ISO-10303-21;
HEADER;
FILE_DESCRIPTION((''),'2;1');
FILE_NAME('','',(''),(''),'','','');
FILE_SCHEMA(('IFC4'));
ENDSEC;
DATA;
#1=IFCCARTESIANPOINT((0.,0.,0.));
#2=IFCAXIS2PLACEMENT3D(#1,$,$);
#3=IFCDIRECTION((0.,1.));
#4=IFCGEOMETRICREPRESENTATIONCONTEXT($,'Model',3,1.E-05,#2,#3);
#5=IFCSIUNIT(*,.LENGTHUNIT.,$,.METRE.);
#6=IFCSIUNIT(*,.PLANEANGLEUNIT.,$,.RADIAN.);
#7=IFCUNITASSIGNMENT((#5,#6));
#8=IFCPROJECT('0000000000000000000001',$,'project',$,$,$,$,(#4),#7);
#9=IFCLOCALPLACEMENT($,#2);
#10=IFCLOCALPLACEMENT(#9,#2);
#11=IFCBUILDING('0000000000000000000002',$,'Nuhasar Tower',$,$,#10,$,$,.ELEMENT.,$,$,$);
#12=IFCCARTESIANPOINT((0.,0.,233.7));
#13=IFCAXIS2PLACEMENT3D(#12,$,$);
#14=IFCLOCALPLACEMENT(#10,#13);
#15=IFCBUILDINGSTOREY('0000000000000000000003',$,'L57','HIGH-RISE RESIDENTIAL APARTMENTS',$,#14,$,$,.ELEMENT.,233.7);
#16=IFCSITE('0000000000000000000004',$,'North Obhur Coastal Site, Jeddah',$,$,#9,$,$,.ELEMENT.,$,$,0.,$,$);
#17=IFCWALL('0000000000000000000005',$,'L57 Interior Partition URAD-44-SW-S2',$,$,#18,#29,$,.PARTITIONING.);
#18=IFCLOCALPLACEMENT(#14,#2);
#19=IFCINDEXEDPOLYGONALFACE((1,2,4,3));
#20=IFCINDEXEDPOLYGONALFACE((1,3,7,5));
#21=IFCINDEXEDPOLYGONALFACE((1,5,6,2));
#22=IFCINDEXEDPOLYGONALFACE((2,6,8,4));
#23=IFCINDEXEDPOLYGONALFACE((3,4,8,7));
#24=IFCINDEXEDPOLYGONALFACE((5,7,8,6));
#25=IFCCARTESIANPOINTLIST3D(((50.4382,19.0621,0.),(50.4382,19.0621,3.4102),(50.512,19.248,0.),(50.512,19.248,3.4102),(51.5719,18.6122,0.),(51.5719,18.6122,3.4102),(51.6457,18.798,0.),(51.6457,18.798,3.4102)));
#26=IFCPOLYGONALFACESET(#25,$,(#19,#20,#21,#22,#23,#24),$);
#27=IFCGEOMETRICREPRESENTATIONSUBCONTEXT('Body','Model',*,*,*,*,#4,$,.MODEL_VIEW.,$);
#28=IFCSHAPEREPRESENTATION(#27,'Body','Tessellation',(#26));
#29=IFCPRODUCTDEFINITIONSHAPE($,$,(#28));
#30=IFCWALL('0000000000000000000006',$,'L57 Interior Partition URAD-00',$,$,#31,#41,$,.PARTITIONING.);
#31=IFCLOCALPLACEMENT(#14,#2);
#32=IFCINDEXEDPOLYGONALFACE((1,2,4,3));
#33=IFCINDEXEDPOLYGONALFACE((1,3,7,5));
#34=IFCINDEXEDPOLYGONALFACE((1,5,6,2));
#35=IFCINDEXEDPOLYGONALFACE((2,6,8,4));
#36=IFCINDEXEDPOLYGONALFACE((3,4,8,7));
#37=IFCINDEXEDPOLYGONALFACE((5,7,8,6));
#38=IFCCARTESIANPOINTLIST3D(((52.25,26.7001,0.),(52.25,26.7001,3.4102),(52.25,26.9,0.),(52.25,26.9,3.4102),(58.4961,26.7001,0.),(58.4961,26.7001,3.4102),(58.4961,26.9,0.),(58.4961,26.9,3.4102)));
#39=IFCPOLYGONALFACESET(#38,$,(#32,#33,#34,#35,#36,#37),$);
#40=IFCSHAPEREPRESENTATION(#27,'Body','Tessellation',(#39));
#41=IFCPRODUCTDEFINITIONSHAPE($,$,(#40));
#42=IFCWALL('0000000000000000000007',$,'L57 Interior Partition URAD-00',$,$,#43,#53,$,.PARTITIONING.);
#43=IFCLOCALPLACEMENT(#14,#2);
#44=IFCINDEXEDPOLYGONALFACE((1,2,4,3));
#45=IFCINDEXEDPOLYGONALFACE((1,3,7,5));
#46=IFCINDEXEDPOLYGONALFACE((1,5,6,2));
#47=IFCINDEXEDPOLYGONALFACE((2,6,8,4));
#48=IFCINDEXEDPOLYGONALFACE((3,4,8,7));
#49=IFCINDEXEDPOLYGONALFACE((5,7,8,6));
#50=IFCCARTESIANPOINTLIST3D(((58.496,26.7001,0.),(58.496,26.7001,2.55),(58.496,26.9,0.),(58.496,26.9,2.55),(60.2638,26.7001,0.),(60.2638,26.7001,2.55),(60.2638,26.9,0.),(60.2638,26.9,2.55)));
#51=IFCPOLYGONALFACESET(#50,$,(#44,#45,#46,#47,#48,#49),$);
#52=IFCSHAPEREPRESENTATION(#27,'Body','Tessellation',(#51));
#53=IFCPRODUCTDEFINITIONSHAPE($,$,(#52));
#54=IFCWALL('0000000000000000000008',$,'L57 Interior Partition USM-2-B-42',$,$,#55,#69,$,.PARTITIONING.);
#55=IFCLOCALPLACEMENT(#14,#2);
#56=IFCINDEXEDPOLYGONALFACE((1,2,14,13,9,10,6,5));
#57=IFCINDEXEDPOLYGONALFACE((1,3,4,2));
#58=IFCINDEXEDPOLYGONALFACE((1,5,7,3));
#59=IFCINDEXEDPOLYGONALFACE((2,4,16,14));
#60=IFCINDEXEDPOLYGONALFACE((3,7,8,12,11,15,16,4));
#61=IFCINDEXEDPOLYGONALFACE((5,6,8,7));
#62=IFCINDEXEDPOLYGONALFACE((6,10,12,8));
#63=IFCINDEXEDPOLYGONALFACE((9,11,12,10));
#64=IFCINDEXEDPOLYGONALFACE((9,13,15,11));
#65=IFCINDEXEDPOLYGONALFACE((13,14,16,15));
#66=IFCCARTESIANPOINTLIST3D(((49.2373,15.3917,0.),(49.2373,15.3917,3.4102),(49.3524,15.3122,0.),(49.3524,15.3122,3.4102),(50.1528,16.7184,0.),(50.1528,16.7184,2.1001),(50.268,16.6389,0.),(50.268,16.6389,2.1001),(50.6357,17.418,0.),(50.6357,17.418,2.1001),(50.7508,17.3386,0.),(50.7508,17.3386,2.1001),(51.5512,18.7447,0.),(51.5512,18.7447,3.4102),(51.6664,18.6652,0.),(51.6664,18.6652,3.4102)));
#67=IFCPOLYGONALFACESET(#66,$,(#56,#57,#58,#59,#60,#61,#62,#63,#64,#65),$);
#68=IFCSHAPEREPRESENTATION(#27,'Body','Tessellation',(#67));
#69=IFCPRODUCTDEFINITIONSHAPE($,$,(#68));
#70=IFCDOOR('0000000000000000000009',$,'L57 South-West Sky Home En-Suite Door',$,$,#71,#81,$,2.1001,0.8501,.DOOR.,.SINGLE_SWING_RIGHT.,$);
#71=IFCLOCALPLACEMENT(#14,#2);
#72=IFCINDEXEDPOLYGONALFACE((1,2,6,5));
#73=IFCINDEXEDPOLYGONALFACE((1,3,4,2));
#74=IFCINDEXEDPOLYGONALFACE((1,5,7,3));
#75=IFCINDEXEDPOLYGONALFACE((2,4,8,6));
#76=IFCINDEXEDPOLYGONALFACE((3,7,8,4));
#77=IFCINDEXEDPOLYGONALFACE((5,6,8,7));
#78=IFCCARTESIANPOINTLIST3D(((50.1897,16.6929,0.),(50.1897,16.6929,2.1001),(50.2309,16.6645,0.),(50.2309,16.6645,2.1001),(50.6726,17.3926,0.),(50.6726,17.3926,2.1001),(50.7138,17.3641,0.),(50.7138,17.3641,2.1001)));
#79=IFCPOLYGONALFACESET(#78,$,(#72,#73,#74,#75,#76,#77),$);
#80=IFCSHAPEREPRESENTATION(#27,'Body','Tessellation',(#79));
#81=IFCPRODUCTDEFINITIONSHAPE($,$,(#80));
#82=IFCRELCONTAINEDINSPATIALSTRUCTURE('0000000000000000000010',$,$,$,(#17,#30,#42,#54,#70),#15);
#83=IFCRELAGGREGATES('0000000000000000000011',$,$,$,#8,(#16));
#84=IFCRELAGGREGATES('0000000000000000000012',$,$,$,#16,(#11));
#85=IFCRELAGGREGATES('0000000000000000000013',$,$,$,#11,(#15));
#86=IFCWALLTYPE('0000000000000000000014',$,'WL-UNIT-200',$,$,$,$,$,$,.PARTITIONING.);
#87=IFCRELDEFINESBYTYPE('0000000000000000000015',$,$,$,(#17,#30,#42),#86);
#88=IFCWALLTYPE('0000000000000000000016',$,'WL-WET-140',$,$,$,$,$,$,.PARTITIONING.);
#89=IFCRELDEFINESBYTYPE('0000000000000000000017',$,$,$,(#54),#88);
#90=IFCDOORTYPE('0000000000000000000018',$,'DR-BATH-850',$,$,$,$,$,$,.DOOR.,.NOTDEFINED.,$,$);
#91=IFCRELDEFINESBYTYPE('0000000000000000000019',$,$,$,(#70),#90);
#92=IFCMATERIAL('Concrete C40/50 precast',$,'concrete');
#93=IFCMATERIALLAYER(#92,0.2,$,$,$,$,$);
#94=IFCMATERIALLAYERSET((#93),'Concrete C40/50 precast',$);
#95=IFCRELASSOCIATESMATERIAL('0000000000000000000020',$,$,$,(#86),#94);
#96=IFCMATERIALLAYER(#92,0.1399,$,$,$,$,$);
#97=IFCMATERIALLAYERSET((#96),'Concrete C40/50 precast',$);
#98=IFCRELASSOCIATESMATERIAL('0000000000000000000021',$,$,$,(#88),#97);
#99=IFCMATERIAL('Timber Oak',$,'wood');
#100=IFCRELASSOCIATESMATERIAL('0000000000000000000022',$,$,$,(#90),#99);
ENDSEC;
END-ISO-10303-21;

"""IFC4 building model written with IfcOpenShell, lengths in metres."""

from ifc_helpers import new_model, si_unit, direction, frame, frame_2d, origin, place, context, subcontext, project, spatial, rectangle, extrude, material, layer, layer_set, type_object, element, fill, save


model = new_model("IFC4")

# Units and contexts
model_context = context("Model", 3, precision=1e-05, world=origin(), true_north=direction((0.0, 1.0)))
body_context = subcontext(model_context, "Body", "Model", "MODEL_VIEW")
ifc_project = project(units=[si_unit("LENGTHUNIT", "METRE"), si_unit("PLANEANGLEUNIT", "RADIAN")], contexts=[model_context])

# Site, building, storey
site_placement = place(None, origin())
site = spatial("IfcSite", under=ifc_project, at=site_placement, Name="North Obhur Coastal Site, Jeddah", CompositionType="ELEMENT", RefElevation=0.0)
building_placement = place(site_placement, origin())
building = spatial("IfcBuilding", under=site, at=building_placement, Name="Nuhasar Tower", CompositionType="ELEMENT")
storey_placement = place(building_placement, frame((0.0, 0.0, 233.7)))
storey = spatial("IfcBuildingStorey", under=building, at=storey_placement, Name="L57", Description="HIGH-RISE RESIDENTIAL APARTMENTS", CompositionType="ELEMENT", Elevation=233.7)

# Shared definitions
ifc_material_1 = material(Name="Timber Oak", Category="wood")

# Walls
ifc_material_2 = material(Name="Concrete C40/50 precast", Category="concrete")
ifc_layer_1 = layer(ifc_material_2, 0.2)
ifc_layer_set_1 = layer_set([ifc_layer_1], Name="Concrete C40/50 precast")
wall_type_1 = type_object("IfcWallType", Name="WL-UNIT-200", PredefinedType="PARTITIONING", material=ifc_layer_set_1)
wall_1_placement = place(storey_placement, frame((50.4751, 19.155, 0.0), z_axis=(0.0, 0.0, 1.0), x_axis=(0.929481, -0.36887, 0.0)))
element("IfcWall", 1, at=wall_1_placement, inside=storey, type_object=wall_type_1, Name="L57 Interior Partition URAD-44-SW-S2", PredefinedType="PARTITIONING", context=body_context, shape_type="SweptSolid", body=[
    extrude(rectangle(XDim=1.2197, YDim=0.2, at=frame_2d((0.6099, 0.0))), origin(), (0.0, 0.0, 1.0), 3.4102),
])
wall_2_placement = place(storey_placement, frame((52.25, 26.8, 0.0), z_axis=(0.0, 0.0, 1.0), x_axis=(1.0, 0.0, 0.0)))
element("IfcWall", 2, at=wall_2_placement, inside=storey, type_object=wall_type_1, Name="L57 Interior Partition URAD-00", PredefinedType="PARTITIONING", context=body_context, shape_type="SweptSolid", body=[
    extrude(rectangle(XDim=6.2461, YDim=0.2, at=frame_2d((3.123, 0.0))), origin(), (0.0, 0.0, 1.0), 3.4102),
])
wall_3_placement = place(storey_placement, frame((58.4961, 26.8, 0.0), z_axis=(0.0, 0.0, 1.0), x_axis=(1.0, 0.0, 0.0)))
element("IfcWall", 3, at=wall_3_placement, inside=storey, type_object=wall_type_1, Name="L57 Interior Partition URAD-00", PredefinedType="PARTITIONING", context=body_context, shape_type="SweptSolid", body=[
    extrude(rectangle(XDim=1.7678, YDim=0.2, at=frame_2d((0.8838, 0.0))), origin(), (0.0, 0.0, 1.0), 2.55),
])

# Wall, opening, door
ifc_layer_2 = layer(ifc_material_2, 0.1399)
ifc_layer_set_2 = layer_set([ifc_layer_2], Name="Concrete C40/50 precast")
wall_type_2 = type_object("IfcWallType", Name="WL-WET-140", PredefinedType="PARTITIONING", material=ifc_layer_set_2)
wall_4_placement = place(storey_placement, frame((51.6089, 18.7051, 0.0), z_axis=(0.0, 0.0, 1.0), x_axis=(-0.567988, -0.823037, 0.0)))
wall_4 = element("IfcWall", 4, at=wall_4_placement, inside=storey, type_object=wall_type_2, Name="L57 Interior Partition USM-2-B-42", PredefinedType="PARTITIONING", context=body_context, shape_type="SweptSolid", body=[
    extrude(rectangle(XDim=4.074, YDim=0.1399, at=frame_2d((2.0371, 0.0))), origin(), (0.0, 0.0, 1.0), 3.4102),
])
opening_1_placement = place(wall_4_placement, frame((1.6121, 0.0, 0.0)))
opening_1 = element("IfcOpeningElement", 5, at=opening_1_placement, cuts=wall_4, PredefinedType="OPENING", context=body_context, shape_type="SweptSolid", body=[
    extrude(rectangle(XDim=0.8501, YDim=2.1001, at=frame_2d((0.425, 1.05))), frame((0.0, 0.0801, 0.0), z_axis=(0.0, -1.0, 0.0), x_axis=(1.0, 0.0, 0.0)), (0.0, 0.0, 1.0), 0.1599),
])
door_type_1 = type_object("IfcDoorType", Name="DR-BATH-850", OperationType="NOTDEFINED", PredefinedType="DOOR", material=ifc_material_1)
door_1_placement = place(opening_1_placement, origin())
door_1 = element("IfcDoor", 6, at=door_1_placement, inside=storey, type_object=door_type_1, Name="L57 South-West Sky Home En-Suite Door", OperationType="SINGLE_SWING_RIGHT", OverallHeight=2.1001, OverallWidth=0.8501, PredefinedType="DOOR", context=body_context, shape_type="SweptSolid", body=[
    extrude(rectangle(XDim=0.8501, YDim=2.1001, at=frame_2d((0.425, 1.05))), frame((0.0, 0.0249, 0.0), z_axis=(0.0, -1.0, 0.0), x_axis=(1.0, 0.0, 0.0)), (0.0, 0.0, 1.0), 0.05),
])
fill(opening_1, door_1)

save(model, "model.ifc")
